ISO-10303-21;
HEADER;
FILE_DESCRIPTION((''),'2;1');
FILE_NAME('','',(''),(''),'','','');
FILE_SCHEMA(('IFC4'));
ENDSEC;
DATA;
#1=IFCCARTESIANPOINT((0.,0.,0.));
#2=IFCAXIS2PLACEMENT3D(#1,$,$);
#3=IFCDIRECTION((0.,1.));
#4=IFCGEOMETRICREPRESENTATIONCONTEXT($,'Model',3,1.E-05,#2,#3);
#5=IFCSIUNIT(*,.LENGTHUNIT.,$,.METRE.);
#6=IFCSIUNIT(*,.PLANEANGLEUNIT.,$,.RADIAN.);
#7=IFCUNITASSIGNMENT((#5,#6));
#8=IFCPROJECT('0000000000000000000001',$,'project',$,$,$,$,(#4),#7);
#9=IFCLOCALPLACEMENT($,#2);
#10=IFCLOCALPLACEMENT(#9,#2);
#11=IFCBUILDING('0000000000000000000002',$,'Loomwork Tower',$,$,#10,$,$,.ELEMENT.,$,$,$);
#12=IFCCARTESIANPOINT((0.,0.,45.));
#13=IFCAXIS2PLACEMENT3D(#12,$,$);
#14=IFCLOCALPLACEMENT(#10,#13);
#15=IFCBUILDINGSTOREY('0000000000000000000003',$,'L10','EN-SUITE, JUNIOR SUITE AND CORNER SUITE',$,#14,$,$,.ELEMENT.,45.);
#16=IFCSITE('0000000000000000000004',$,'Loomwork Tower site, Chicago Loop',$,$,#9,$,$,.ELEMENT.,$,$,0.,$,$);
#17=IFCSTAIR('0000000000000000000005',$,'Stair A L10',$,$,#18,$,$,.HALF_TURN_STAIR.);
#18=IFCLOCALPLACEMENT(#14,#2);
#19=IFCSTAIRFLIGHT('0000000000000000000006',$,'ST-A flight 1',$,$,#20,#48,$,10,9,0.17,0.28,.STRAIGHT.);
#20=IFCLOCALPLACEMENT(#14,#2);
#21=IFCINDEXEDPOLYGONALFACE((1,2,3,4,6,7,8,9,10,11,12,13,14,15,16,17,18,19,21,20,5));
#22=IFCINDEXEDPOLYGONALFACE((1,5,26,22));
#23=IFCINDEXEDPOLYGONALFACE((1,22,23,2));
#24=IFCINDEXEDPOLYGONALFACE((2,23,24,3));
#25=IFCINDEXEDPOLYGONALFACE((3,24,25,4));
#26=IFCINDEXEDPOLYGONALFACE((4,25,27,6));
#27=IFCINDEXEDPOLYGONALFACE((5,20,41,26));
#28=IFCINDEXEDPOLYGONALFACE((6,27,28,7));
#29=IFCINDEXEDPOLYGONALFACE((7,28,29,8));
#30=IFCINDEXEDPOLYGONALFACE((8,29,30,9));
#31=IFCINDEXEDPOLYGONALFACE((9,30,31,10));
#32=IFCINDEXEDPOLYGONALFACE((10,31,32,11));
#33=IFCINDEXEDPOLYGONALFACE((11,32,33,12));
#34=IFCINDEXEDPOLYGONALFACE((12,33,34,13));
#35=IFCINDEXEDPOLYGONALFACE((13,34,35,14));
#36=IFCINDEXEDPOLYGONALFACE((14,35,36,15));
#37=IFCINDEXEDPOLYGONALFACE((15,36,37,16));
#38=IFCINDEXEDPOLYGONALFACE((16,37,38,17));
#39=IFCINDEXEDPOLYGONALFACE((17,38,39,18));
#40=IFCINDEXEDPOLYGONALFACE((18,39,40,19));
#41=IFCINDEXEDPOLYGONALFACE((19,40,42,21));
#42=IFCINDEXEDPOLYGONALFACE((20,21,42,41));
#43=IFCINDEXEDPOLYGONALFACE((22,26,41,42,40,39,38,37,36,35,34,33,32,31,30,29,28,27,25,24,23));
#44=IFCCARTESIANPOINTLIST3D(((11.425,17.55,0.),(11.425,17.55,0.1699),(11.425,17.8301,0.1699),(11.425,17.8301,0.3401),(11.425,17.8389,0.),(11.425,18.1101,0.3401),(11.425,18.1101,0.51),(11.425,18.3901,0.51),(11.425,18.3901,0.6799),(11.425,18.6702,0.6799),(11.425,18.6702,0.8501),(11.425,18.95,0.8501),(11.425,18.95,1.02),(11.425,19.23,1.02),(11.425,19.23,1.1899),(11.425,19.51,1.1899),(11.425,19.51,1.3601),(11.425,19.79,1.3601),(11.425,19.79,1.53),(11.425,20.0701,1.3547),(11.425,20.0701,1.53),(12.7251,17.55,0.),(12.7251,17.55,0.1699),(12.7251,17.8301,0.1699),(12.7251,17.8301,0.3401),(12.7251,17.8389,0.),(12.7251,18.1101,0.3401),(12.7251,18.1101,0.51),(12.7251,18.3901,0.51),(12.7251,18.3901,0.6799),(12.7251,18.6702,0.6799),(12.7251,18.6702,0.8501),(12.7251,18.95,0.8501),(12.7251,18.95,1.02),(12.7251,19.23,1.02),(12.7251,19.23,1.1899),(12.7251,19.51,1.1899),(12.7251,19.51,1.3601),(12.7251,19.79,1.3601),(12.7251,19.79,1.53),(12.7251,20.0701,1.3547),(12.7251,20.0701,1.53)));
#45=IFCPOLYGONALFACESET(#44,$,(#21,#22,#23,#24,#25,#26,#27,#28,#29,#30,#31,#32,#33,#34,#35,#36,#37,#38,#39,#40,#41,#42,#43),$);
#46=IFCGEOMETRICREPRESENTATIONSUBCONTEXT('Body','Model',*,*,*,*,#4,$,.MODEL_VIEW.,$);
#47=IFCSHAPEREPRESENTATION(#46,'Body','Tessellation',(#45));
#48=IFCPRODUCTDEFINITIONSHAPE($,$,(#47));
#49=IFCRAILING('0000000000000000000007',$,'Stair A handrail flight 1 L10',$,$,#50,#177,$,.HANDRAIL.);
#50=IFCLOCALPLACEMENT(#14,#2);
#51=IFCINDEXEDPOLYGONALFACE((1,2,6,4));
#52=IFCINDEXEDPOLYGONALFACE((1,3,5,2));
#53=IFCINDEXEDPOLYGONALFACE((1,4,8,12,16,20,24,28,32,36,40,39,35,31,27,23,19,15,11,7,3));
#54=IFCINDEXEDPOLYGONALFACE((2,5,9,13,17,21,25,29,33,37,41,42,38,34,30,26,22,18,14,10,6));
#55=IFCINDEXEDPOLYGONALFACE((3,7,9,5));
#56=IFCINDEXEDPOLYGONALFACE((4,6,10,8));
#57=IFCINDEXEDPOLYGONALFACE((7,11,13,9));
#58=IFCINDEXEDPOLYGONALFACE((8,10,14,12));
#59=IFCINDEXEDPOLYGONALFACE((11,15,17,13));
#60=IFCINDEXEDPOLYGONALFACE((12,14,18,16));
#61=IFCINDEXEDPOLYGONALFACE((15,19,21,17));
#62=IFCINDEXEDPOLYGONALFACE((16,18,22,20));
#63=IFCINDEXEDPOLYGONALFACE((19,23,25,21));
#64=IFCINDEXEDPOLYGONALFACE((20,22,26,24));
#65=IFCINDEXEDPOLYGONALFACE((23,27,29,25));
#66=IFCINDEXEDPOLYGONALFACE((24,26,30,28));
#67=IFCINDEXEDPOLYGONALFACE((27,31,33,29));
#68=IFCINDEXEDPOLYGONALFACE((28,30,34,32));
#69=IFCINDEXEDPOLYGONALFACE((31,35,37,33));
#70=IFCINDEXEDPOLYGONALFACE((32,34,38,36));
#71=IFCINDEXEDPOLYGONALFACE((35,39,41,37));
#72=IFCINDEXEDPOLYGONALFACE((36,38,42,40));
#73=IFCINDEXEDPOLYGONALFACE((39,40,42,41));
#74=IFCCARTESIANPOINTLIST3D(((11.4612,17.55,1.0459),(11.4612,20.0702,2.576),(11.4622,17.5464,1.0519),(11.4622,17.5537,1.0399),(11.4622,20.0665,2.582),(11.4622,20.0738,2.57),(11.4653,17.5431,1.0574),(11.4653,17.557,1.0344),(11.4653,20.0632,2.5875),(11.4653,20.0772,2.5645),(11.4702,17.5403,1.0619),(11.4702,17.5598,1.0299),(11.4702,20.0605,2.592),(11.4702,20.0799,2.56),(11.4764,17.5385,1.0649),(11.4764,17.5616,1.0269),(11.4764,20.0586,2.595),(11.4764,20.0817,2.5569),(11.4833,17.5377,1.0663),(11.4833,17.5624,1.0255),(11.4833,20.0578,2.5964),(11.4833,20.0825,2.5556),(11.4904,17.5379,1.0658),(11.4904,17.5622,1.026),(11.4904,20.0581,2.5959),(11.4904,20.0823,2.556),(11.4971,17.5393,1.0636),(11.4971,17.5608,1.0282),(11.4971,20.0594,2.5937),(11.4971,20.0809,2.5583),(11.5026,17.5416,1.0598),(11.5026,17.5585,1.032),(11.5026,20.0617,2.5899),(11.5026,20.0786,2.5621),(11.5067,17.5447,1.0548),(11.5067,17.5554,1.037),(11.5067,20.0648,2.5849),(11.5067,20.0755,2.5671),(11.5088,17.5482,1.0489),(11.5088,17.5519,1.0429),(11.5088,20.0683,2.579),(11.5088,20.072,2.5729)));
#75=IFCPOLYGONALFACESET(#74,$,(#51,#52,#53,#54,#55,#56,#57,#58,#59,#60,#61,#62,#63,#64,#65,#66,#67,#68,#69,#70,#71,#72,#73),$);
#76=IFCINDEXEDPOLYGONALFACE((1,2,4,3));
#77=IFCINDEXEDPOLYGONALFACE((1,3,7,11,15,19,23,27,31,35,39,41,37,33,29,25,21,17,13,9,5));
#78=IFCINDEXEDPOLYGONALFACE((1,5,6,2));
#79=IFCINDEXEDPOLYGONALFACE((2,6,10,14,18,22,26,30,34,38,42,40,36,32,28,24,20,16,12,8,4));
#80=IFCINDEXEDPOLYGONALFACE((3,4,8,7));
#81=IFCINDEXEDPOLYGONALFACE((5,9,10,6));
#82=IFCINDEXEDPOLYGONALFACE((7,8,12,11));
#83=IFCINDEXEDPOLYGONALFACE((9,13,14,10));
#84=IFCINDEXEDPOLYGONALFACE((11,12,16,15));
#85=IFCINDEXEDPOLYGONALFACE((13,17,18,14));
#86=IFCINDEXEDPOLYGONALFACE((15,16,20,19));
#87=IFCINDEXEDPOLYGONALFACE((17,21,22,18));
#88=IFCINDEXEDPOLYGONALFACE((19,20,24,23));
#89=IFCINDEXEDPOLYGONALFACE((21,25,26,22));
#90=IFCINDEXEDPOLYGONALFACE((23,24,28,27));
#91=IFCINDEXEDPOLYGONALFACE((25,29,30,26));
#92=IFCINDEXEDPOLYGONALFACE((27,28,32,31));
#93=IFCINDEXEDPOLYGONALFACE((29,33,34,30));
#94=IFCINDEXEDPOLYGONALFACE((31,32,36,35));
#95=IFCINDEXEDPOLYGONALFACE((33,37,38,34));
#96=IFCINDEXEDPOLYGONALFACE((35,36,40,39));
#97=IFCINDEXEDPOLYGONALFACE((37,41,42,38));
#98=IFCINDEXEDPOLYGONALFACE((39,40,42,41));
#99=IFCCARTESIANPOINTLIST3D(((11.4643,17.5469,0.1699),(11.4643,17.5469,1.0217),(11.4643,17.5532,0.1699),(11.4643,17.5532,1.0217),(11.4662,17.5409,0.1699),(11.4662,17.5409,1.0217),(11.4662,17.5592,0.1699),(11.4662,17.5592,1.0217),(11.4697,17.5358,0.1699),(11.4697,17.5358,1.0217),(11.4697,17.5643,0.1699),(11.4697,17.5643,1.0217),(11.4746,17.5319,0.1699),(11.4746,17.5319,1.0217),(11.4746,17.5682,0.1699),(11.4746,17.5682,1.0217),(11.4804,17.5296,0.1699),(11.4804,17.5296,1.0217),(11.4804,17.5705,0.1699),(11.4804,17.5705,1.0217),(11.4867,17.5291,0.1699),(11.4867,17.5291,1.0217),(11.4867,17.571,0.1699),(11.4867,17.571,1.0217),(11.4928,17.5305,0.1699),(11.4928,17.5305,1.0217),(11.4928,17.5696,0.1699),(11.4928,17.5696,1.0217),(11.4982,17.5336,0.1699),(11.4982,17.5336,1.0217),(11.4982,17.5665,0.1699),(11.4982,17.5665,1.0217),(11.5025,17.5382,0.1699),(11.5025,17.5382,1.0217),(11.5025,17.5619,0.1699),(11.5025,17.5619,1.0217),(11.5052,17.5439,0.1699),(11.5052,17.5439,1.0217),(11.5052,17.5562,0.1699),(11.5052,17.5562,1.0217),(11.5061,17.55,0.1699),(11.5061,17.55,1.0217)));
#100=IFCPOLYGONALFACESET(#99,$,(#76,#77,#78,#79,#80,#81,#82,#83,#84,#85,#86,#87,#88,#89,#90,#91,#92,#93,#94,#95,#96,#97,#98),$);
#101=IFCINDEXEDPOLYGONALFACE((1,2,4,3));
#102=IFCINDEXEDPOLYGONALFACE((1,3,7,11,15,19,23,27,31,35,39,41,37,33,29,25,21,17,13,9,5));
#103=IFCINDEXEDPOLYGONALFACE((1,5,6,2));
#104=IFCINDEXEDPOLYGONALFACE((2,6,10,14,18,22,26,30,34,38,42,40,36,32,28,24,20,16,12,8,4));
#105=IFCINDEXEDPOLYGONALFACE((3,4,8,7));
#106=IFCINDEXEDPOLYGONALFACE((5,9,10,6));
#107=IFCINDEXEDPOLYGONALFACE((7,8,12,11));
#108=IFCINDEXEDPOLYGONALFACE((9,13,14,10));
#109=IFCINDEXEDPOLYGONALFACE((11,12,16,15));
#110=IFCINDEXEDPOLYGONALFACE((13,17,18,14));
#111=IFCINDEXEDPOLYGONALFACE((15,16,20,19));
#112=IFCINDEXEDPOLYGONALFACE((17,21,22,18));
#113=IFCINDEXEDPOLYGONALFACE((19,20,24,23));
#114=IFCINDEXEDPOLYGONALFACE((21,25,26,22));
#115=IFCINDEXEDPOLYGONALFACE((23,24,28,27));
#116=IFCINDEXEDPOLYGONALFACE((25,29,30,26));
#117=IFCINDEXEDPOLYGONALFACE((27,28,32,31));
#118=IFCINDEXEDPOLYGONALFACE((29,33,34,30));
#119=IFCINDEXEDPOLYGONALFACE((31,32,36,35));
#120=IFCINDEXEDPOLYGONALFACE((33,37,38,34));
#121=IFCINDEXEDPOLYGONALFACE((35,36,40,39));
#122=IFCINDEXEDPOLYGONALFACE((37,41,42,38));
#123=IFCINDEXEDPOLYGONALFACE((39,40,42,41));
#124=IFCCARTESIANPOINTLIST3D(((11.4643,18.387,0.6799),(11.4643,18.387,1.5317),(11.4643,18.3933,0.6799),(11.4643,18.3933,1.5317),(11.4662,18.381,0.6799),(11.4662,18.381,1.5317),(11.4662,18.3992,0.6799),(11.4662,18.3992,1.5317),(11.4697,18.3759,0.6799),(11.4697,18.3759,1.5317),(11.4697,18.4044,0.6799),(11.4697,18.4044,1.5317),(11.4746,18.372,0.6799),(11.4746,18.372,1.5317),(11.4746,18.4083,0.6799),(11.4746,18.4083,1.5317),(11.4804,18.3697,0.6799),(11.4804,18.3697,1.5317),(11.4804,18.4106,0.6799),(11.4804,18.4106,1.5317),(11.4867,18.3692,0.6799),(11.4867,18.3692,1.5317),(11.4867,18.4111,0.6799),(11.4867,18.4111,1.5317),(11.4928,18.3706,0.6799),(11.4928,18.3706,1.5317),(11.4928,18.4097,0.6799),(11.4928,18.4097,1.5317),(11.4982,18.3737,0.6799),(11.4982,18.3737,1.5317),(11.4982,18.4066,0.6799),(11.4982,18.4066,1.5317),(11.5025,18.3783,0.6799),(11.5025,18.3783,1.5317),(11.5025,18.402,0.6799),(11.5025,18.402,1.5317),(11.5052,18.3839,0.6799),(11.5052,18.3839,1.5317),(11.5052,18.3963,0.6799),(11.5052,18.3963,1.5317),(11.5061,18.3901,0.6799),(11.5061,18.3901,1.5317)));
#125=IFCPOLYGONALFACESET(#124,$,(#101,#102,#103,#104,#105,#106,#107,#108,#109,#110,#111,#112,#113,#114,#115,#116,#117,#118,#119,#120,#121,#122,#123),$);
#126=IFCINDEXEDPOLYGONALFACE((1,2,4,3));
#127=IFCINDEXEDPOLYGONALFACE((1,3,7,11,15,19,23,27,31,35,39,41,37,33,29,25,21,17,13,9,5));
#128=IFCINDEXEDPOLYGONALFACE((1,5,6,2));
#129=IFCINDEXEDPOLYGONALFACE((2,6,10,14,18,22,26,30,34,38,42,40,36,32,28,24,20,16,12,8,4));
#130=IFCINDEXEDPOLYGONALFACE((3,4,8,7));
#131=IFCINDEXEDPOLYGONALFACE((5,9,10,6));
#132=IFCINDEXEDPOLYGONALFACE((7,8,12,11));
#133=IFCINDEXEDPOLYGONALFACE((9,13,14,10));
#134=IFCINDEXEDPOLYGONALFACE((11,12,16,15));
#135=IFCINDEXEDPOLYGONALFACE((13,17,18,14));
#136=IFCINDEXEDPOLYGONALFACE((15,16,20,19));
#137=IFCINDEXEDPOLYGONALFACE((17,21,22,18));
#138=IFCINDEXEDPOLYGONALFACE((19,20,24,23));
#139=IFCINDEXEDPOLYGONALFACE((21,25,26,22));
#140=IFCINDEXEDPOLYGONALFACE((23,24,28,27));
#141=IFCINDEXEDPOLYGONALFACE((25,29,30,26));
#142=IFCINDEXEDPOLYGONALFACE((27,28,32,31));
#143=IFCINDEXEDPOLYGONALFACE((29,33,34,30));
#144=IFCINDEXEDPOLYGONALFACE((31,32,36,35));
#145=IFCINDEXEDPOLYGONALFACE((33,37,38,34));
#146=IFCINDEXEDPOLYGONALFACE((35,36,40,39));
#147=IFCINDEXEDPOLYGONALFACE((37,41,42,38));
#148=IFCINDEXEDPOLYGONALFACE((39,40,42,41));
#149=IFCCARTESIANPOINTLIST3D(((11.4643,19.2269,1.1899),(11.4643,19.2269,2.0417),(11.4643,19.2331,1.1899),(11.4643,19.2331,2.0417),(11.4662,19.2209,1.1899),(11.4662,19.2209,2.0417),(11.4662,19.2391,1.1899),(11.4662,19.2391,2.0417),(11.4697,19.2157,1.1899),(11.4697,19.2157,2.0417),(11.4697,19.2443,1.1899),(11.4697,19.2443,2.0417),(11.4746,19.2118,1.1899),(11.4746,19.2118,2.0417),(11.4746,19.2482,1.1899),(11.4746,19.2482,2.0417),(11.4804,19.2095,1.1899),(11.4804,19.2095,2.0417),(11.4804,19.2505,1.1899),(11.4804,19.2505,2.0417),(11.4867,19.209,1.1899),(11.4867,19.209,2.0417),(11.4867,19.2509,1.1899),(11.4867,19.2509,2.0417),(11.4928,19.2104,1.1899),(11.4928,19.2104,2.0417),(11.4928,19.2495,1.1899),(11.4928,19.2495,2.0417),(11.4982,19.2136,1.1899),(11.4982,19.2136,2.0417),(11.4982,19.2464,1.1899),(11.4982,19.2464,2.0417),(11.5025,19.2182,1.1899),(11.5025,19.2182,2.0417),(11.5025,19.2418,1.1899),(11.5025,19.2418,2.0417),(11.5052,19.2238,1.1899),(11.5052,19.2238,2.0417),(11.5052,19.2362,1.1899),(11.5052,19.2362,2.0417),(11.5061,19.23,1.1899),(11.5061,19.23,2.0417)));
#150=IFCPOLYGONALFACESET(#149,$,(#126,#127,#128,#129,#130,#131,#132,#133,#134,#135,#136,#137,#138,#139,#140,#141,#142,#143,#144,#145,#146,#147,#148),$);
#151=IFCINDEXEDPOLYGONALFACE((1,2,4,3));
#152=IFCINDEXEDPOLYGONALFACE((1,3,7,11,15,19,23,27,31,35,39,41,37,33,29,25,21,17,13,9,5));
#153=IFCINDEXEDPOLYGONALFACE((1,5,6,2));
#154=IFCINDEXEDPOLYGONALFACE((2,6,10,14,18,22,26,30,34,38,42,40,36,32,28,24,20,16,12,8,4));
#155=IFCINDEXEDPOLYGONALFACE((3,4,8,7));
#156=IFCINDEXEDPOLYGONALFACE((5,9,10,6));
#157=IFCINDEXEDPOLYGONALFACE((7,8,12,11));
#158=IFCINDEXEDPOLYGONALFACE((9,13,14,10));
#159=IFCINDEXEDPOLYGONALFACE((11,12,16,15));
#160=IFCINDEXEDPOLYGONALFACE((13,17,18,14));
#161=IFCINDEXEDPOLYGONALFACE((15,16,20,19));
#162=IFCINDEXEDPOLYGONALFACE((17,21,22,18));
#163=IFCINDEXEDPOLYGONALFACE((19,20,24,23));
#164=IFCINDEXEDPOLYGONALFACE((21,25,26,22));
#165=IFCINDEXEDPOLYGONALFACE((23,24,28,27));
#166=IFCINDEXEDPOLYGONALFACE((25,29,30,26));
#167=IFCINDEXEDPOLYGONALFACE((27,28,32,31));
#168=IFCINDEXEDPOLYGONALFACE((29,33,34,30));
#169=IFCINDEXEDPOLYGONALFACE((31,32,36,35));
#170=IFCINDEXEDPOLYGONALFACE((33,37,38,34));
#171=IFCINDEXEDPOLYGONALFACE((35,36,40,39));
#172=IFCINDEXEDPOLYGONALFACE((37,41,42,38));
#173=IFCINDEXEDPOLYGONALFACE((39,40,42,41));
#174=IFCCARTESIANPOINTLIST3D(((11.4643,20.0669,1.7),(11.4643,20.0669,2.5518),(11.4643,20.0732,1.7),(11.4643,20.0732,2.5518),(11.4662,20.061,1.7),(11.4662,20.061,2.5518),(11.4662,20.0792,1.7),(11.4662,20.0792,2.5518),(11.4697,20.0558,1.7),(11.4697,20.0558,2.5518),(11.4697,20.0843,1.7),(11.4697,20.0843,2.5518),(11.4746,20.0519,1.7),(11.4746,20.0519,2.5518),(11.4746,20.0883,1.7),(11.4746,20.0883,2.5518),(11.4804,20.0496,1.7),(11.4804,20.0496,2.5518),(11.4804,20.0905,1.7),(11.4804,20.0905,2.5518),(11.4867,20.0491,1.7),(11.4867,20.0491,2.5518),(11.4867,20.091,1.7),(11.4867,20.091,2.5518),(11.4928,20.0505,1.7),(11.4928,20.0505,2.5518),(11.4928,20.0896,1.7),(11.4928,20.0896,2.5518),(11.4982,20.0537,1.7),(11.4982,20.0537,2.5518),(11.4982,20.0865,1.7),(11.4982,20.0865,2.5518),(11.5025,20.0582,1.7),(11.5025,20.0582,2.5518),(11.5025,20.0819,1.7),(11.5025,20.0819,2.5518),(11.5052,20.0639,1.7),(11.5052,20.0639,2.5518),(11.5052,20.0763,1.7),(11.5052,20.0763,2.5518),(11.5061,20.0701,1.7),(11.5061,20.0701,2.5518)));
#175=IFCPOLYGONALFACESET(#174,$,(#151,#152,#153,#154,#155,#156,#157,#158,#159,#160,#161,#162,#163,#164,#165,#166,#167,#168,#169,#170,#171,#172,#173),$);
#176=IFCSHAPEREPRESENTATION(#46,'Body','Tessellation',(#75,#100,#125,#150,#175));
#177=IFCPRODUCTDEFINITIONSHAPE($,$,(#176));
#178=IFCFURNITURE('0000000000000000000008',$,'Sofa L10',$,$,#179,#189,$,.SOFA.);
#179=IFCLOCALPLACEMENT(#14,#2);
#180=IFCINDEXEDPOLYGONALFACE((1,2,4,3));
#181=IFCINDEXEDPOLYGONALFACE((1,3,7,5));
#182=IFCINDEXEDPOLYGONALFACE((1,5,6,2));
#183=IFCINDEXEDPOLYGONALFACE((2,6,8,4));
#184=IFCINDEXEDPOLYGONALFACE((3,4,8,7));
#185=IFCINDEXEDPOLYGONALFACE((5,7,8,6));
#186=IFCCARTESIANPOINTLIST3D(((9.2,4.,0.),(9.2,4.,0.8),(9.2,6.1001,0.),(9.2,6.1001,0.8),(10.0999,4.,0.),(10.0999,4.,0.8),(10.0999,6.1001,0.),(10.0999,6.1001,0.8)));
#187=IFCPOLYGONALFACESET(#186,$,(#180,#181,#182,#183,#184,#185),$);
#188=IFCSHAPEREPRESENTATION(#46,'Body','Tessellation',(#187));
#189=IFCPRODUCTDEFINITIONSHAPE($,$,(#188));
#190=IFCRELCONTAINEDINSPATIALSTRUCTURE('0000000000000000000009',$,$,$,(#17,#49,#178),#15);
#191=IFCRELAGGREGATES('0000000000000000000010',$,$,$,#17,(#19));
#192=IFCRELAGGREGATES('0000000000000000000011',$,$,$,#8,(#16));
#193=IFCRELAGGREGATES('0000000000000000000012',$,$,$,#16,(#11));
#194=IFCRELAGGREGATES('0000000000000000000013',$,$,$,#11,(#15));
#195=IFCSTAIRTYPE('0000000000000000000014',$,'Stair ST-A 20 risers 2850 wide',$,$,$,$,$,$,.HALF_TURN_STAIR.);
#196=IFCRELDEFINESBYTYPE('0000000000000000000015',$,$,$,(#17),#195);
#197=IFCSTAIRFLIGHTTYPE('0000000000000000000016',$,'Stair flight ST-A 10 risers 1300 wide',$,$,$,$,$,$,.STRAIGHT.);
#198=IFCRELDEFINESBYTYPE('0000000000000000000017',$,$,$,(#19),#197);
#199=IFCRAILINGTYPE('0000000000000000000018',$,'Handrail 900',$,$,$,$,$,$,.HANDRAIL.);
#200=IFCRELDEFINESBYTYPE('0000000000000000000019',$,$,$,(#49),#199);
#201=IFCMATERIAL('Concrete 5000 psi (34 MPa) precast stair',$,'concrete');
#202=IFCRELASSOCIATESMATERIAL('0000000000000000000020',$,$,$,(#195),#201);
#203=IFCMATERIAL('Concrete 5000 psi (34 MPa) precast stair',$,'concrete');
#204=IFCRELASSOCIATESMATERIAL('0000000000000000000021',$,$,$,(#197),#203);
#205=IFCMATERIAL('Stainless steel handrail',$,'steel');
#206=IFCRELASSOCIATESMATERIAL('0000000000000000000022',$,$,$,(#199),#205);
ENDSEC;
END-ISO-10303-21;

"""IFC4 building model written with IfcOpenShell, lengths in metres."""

from ifc_helpers import new_model, si_unit, direction, frame, origin, origin_2d, place, context, subcontext, project, spatial, polyline, rectangle, circle, outline, extrude, material, type_object, element, aggregate, save


model = new_model("IFC4")

# Units and contexts
model_context = context("Model", 3, precision=1e-05, world=origin(), true_north=direction((0.0, 1.0)))
body_context = subcontext(model_context, "Body", "Model", "MODEL_VIEW")
ifc_project = project(units=[si_unit("LENGTHUNIT", "METRE"), si_unit("PLANEANGLEUNIT", "RADIAN")], contexts=[model_context])

# Site, building, storey
site_placement = place(None, origin())
site = spatial("IfcSite", under=ifc_project, at=site_placement, Name="Loomwork Tower site, Chicago Loop", CompositionType="ELEMENT", RefElevation=0.0)
building_placement = place(site_placement, origin())
building = spatial("IfcBuilding", under=site, at=building_placement, Name="Loomwork Tower", CompositionType="ELEMENT")
storey_placement = place(building_placement, frame((0.0, 0.0, 45.0)))
storey = spatial("IfcBuildingStorey", under=building, at=storey_placement, Name="L10", Description="EN-SUITE, JUNIOR SUITE AND CORNER SUITE", CompositionType="ELEMENT", Elevation=45.0)

# Stair, stair flight
ifc_material_1 = material(Name="Concrete 5000 psi (34 MPa) precast stair", Category="concrete")
stair_type = type_object("IfcStairType", Name="Stair ST-A 20 risers 2850 wide", PredefinedType="HALF_TURN_STAIR", material=ifc_material_1)
stair_placement = place(storey_placement, origin())
stair = element("IfcStair", 1, at=stair_placement, inside=storey, type_object=stair_type, Name="Stair A L10", PredefinedType="HALF_TURN_STAIR")
ifc_material_2 = material(Name="Concrete 5000 psi (34 MPa) precast stair", Category="concrete")
stair_flight_type = type_object("IfcStairFlightType", Name="Stair flight ST-A 10 risers 1300 wide", PredefinedType="STRAIGHT", material=ifc_material_2)
stair_flight_placement = place(storey_placement, frame((12.075, 17.55, 0.0), z_axis=(0.0, 0.0, 1.0), x_axis=(0.0, 1.0, 0.0)))
stair_flight = element("IfcStairFlight", 2, at=stair_flight_placement, type_object=stair_flight_type, Name="ST-A flight 1", NumberOfRisers=10, NumberOfTreads=9, PredefinedType="STRAIGHT", RiserHeight=0.17, TreadLength=0.28, context=body_context, shape_type="SweptSolid", body=[
    extrude(outline(polyline([(0.0, 0.0), (0.0, 0.1699), (0.28, 0.1699), (0.28, 0.3401), (0.5601, 0.3401), (0.5601, 0.51), (0.8401, 0.51), (0.8401, 0.6799), (1.1201, 0.6799), (1.1201, 0.8501), (1.3999, 0.8501), (1.3999, 1.02), (1.6799, 1.02), (1.6799, 1.1899), (1.96, 1.1899), (1.96, 1.3601), (2.24, 1.3601), (2.24, 1.53), (2.52, 1.53), (2.52, 1.7), (2.52, 1.3547), (0.2888, 0.0), (0.0, 0.0)])), frame((0.0, 0.6499, 0.0), z_axis=(0.0, -1.0, 0.0), x_axis=(1.0, 0.0, 0.0)), (0.0, 0.0, 1.0), 1.3),
])
aggregate(stair, [stair_flight])

# Railing
ifc_material_3 = material(Name="Stainless steel handrail", Category="steel")
railing_type = type_object("IfcRailingType", Name="Handrail 900", PredefinedType="HANDRAIL", material=ifc_material_3)
railing_placement = place(storey_placement, frame((11.4851, 17.55, 0.1699)))
element("IfcRailing", 3, at=railing_placement, inside=storey, type_object=railing_type, Name="Stair A handrail flight 1 L10", PredefinedType="HANDRAIL", context=body_context, shape_type="SweptSolid", body=[
    extrude(circle(Radius=0.0239, at=origin_2d()), frame((0.0, 0.0, 0.876), z_axis=(0.0, 0.854785, 0.518982), x_axis=(-1.0, 0.0, 0.0)), (0.0, 0.0, 1.0), 2.9482),
    extrude(circle(Radius=0.021, at=origin_2d()), origin(), (0.0, 0.0, 1.0), 0.8518),
    extrude(circle(Radius=0.021, at=origin_2d()), frame((0.0, 0.8401, 0.51)), (0.0, 0.0, 1.0), 0.8518),
    extrude(circle(Radius=0.021, at=origin_2d()), frame((0.0, 1.6799, 1.02)), (0.0, 0.0, 1.0), 0.8518),
    extrude(circle(Radius=0.021, at=origin_2d()), frame((0.0, 2.52, 1.53)), (0.0, 0.0, 1.0), 0.8518),
])

# Furniture
furniture_placement = place(storey_placement, frame((9.6499, 5.05, 0.0), z_axis=(0.0, 0.0, 1.0), x_axis=(1.0, 0.0, 0.0)))
element("IfcFurniture", 4, at=furniture_placement, inside=storey, Name="Sofa L10", PredefinedType="SOFA", context=body_context, shape_type="SweptSolid", body=[
    extrude(rectangle(XDim=0.8999, YDim=2.1001, at=origin_2d()), origin(), (0.0, 0.0, 1.0), 0.8),
])

save(model, "model.ifc")
